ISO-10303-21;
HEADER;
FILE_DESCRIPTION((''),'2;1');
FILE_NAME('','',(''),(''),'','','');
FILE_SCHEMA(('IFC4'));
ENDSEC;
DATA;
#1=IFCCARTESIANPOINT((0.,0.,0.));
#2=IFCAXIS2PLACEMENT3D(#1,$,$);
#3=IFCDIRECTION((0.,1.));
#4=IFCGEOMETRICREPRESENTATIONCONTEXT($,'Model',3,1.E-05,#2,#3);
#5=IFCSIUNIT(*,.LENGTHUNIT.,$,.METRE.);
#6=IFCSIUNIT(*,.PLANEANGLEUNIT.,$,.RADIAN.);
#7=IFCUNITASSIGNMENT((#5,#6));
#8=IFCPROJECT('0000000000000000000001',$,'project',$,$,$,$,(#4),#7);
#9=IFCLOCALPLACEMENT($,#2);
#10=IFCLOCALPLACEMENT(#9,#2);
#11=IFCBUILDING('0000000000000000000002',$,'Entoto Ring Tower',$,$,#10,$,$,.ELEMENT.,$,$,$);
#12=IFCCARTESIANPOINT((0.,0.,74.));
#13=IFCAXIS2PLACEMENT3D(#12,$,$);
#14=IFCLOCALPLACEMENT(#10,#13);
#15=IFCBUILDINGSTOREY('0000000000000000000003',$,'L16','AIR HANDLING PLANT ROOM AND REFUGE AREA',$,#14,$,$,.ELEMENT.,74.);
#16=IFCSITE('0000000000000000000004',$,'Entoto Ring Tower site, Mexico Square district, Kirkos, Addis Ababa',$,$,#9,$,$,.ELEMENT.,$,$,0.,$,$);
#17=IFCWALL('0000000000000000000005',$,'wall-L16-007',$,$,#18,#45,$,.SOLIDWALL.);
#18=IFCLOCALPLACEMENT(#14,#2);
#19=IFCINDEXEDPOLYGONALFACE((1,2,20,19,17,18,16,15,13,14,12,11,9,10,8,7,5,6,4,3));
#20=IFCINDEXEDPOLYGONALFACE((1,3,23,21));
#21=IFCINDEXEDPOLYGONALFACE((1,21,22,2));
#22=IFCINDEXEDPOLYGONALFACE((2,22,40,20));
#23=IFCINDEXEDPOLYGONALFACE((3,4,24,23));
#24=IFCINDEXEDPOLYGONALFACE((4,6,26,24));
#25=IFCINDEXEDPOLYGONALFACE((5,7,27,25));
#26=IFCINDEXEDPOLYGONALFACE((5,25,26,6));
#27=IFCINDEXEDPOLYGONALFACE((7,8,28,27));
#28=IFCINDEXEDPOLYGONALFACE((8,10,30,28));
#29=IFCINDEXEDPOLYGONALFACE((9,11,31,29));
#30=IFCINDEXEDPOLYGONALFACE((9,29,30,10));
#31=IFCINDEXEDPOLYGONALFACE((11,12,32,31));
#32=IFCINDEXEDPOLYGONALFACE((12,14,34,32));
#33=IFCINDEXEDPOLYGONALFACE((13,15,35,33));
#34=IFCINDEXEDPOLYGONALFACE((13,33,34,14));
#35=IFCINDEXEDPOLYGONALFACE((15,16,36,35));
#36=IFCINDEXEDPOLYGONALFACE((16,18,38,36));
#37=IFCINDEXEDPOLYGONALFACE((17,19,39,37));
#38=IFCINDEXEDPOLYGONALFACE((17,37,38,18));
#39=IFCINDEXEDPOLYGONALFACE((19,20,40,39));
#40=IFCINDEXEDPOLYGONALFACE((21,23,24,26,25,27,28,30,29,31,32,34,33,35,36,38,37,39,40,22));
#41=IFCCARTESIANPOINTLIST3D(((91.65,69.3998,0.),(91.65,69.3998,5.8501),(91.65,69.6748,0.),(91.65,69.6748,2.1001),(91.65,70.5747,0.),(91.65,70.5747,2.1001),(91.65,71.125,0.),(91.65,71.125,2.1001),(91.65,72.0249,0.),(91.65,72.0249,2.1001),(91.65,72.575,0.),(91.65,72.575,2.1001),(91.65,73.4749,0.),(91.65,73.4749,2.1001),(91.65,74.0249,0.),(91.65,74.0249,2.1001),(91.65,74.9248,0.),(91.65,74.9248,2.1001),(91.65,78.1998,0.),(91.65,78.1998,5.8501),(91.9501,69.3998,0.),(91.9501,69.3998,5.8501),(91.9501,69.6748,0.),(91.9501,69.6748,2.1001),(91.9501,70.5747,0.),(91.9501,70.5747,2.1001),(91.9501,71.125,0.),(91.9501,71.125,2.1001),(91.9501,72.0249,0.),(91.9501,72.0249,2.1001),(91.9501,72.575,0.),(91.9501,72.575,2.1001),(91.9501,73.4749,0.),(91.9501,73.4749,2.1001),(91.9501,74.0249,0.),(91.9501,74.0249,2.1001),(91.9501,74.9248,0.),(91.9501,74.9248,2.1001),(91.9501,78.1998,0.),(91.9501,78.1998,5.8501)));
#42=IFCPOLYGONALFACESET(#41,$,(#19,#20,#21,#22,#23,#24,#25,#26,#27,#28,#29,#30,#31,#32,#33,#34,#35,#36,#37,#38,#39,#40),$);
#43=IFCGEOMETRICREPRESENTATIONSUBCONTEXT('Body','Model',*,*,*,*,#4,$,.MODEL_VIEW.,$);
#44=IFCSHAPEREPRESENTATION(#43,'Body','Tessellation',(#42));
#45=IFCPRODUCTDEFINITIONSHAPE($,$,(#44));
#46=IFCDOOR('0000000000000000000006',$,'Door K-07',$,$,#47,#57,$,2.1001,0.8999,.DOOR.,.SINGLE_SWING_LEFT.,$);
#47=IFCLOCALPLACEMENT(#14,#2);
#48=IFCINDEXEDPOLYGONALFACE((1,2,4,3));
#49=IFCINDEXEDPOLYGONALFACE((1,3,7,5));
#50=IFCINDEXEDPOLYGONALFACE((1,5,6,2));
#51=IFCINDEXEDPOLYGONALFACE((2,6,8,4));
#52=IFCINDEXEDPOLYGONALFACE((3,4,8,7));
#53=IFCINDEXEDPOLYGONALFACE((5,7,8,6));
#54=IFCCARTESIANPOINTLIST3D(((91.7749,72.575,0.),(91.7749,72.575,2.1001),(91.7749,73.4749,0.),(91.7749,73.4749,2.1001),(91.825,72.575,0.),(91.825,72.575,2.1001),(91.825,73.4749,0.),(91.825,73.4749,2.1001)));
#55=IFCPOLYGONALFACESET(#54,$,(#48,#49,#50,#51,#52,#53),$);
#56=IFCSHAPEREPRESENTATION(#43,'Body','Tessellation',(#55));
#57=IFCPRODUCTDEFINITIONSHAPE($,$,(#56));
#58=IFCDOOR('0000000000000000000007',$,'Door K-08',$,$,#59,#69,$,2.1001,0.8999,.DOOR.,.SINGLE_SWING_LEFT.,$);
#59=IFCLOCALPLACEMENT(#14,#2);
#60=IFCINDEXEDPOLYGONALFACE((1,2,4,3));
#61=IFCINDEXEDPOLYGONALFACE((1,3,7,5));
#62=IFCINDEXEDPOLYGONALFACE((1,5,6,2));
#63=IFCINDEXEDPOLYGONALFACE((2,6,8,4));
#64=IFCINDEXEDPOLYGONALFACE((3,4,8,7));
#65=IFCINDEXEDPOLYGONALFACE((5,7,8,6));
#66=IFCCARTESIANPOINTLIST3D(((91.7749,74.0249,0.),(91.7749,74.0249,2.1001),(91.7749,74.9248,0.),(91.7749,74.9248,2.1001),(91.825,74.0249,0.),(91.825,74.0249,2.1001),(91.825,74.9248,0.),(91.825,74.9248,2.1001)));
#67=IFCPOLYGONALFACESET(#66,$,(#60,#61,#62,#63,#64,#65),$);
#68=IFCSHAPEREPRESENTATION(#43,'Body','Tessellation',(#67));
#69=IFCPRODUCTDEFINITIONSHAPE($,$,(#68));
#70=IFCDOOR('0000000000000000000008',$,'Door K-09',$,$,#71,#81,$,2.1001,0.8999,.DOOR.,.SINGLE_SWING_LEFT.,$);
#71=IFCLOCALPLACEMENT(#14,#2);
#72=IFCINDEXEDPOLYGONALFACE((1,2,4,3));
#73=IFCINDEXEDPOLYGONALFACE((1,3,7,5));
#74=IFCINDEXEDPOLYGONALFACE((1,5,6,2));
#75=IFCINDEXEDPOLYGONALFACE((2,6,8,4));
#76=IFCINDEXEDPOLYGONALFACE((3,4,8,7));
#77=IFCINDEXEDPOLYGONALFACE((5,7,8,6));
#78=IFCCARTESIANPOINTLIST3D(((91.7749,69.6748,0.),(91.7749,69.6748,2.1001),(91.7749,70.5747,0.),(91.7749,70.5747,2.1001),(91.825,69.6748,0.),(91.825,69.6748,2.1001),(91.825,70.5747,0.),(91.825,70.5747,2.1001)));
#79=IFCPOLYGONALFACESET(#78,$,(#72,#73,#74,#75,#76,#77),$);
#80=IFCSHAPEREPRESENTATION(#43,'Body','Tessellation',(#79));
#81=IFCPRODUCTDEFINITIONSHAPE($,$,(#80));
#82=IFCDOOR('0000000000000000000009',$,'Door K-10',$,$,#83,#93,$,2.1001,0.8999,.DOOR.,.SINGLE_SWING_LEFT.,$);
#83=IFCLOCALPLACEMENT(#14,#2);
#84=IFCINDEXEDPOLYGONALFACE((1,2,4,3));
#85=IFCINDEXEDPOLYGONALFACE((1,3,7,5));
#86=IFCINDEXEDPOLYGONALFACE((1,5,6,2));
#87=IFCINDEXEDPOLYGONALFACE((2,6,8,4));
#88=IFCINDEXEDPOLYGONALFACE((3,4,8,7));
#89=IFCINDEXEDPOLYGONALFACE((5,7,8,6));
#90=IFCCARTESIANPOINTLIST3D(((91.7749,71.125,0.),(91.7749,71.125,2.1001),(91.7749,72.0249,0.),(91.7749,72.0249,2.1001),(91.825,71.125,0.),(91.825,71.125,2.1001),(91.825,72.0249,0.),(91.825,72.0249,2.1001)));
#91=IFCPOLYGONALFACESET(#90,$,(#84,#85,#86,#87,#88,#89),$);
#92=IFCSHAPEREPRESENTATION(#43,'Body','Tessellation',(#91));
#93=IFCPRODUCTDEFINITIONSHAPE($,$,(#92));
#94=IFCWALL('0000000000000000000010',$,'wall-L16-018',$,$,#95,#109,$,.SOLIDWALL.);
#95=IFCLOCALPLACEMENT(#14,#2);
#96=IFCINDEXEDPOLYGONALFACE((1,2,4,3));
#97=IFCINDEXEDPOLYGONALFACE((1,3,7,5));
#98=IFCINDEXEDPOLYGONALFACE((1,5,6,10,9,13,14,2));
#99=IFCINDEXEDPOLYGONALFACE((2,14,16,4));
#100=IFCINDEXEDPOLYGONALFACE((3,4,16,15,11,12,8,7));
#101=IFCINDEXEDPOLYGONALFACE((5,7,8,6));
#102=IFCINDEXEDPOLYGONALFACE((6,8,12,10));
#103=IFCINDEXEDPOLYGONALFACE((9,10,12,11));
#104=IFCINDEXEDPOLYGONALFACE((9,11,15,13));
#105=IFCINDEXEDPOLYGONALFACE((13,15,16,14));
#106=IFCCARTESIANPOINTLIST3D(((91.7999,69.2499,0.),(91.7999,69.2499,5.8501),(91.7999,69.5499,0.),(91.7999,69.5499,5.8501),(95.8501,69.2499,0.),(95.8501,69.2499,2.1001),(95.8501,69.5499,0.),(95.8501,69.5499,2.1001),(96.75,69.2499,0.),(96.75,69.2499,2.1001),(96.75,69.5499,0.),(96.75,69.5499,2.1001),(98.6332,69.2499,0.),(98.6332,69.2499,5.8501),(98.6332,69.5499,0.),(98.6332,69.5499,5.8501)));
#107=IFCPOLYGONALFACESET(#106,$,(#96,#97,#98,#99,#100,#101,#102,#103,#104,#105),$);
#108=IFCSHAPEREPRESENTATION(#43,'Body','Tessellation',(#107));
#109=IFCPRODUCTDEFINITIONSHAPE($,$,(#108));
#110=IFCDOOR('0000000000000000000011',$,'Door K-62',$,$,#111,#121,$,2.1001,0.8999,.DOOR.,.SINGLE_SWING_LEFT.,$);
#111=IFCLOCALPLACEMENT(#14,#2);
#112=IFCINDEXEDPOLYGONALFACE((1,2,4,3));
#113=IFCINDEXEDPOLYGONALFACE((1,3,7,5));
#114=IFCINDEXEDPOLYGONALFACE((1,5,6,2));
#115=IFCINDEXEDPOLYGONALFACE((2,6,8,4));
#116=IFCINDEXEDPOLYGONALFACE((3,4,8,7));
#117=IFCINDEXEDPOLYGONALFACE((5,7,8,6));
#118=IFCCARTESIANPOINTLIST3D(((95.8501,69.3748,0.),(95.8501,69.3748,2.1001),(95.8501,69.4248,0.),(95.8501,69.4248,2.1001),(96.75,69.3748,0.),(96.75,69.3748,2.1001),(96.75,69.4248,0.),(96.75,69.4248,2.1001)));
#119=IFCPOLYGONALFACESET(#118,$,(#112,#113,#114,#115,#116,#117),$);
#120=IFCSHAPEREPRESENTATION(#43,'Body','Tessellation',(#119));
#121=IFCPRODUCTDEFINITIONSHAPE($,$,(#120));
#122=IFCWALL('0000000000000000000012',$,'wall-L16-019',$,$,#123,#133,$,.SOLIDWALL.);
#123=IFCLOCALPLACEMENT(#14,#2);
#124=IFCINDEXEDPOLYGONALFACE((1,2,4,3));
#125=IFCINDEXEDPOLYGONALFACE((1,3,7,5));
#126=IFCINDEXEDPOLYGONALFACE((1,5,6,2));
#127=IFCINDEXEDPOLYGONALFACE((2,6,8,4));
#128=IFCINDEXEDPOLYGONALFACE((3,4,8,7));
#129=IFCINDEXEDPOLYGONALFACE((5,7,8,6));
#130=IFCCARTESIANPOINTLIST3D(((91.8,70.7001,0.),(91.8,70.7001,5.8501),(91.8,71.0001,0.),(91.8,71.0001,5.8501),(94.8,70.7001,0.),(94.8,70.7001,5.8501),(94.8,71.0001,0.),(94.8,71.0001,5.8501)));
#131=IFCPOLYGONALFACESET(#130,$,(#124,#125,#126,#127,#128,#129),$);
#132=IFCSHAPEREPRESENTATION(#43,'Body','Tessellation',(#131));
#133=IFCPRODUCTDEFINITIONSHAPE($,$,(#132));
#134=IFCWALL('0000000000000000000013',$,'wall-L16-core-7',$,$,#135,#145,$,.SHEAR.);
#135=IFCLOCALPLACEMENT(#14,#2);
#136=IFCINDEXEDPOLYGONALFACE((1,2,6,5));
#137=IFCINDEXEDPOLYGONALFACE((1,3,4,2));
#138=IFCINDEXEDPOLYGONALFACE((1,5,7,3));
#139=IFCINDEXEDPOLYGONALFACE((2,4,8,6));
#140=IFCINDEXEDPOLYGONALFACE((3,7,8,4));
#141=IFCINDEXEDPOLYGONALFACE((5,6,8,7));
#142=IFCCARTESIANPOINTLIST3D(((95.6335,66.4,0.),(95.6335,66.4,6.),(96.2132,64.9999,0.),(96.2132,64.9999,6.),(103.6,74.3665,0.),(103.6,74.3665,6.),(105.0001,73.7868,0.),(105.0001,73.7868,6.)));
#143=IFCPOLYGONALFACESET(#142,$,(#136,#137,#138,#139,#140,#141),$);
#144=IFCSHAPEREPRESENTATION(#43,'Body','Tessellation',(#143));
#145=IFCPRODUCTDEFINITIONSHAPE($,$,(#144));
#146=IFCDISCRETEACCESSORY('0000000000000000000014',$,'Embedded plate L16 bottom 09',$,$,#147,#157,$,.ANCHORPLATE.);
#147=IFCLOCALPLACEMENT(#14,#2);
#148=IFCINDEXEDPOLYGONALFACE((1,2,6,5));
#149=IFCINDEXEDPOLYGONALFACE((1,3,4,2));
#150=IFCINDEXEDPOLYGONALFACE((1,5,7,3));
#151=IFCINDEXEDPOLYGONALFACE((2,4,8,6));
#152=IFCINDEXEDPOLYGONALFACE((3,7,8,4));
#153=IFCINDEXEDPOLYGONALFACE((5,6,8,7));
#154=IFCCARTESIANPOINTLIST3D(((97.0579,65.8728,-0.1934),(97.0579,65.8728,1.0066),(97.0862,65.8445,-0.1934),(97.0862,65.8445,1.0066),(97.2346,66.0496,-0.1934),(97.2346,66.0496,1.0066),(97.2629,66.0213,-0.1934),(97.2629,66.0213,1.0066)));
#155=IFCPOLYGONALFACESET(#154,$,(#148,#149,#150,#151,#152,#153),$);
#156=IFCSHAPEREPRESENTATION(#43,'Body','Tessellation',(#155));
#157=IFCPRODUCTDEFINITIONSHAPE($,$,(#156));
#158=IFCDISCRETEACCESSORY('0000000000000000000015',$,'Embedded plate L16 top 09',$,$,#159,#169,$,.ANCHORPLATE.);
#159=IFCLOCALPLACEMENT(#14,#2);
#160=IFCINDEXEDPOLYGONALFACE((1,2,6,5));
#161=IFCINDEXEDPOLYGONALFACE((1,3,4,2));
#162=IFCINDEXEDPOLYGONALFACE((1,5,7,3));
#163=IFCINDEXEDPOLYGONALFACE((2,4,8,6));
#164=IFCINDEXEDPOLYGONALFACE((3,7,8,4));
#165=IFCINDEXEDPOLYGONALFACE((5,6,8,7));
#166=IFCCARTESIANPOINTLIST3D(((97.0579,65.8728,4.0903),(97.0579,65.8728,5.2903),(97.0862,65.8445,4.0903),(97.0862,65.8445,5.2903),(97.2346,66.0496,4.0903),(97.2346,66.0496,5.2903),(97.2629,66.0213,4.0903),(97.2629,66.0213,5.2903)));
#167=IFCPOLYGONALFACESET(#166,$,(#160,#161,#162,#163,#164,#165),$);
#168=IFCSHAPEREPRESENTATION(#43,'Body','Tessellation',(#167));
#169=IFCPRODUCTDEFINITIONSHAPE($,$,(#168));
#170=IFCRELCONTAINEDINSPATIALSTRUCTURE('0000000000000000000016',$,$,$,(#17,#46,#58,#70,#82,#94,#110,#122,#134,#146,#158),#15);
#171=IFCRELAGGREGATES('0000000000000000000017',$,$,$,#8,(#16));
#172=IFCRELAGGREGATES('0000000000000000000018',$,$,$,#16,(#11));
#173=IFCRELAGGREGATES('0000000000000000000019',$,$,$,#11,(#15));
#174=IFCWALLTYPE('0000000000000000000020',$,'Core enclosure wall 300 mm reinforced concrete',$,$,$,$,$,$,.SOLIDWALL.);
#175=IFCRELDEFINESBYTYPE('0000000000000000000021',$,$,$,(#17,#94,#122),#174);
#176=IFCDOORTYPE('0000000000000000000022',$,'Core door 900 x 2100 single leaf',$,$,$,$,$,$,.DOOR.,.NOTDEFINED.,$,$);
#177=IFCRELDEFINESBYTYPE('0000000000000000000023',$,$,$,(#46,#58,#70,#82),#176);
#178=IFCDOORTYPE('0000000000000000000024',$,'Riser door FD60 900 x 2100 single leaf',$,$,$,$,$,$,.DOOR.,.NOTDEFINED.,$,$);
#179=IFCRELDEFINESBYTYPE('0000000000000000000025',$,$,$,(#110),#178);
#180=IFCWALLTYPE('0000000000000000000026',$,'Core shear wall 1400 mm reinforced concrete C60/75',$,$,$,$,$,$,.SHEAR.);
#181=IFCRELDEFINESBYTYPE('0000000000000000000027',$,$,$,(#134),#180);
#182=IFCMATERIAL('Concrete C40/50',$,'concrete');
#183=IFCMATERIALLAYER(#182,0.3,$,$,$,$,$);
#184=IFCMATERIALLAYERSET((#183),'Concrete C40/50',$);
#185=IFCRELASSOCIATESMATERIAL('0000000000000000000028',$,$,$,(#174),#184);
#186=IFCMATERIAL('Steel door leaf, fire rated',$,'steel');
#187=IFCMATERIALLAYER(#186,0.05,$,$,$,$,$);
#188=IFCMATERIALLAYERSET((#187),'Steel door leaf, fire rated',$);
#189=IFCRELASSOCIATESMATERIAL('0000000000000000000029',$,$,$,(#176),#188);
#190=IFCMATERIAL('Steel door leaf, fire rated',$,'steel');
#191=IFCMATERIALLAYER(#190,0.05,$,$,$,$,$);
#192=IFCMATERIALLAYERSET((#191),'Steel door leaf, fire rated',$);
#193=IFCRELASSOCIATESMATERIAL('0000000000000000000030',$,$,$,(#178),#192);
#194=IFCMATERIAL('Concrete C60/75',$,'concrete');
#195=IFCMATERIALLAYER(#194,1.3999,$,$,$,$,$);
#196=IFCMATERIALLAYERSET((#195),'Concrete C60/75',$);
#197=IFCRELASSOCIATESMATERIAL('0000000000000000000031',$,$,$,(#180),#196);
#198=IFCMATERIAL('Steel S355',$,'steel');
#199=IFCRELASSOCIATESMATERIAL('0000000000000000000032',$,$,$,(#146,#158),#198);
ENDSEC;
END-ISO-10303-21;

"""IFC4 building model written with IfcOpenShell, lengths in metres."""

from ifc_helpers import new_model, si_unit, direction, frame, frame_2d, origin, origin_2d, place, context, subcontext, project, spatial, polyline, rectangle, outline, extrude, material, layer, layer_set, type_object, element, fill, save


model = new_model("IFC4")

# Units and contexts
model_context = context("Model", 3, precision=1e-05, world=origin(), true_north=direction((0.0, 1.0)))
body_context = subcontext(model_context, "Body", "Model", "MODEL_VIEW")
ifc_project = project(units=[si_unit("LENGTHUNIT", "METRE"), si_unit("PLANEANGLEUNIT", "RADIAN")], contexts=[model_context])

# Site, building, storey
site_placement = place(None, origin())
site = spatial("IfcSite", under=ifc_project, at=site_placement, Name="Entoto Ring Tower site, Mexico Square district, Kirkos, Addis Ababa", CompositionType="ELEMENT", RefElevation=0.0)
building_placement = place(site_placement, origin())
building = spatial("IfcBuilding", under=site, at=building_placement, Name="Entoto Ring Tower", CompositionType="ELEMENT")
storey_placement = place(building_placement, frame((0.0, 0.0, 74.0)))
storey = spatial("IfcBuildingStorey", under=building, at=storey_placement, Name="L16", Description="AIR HANDLING PLANT ROOM AND REFUGE AREA", CompositionType="ELEMENT", Elevation=74.0)

# Shared definitions
ifc_material_1 = material(Name="Concrete C40/50", Category="concrete")
ifc_layer_1 = layer(ifc_material_1, 0.3)
ifc_layer_set_1 = layer_set([ifc_layer_1], Name="Concrete C40/50")
wall_type_1 = type_object("IfcWallType", Name="Core enclosure wall 300 mm reinforced concrete", PredefinedType="SOLIDWALL", material=ifc_layer_set_1)

# Wall, openings, doors
wall_1_placement = place(storey_placement, frame((91.8, 69.3999, 0.0), z_axis=(0.0, 0.0, 1.0), x_axis=(0.0, 1.0, 0.0)))
wall_1 = element("IfcWall", 1, at=wall_1_placement, inside=storey, type_object=wall_type_1, Name="wall-L16-007", PredefinedType="SOLIDWALL", context=body_context, shape_type="SweptSolid", body=[
    extrude(rectangle(XDim=8.8, YDim=0.3, at=frame_2d((4.3999, 0.0))), origin(), (0.0, 0.0, 1.0), 5.8501),
])
opening_1_placement = place(wall_1_placement, frame((3.175, 0.0, 0.0)))
opening_1 = element("IfcOpeningElement", 2, at=opening_1_placement, cuts=wall_1, PredefinedType="OPENING", context=body_context, shape_type="SweptSolid", body=[
    extrude(rectangle(XDim=0.8999, YDim=2.1001, at=frame_2d((0.45, 1.05))), frame((0.0, 0.1602, 0.0), z_axis=(0.0, -1.0, 0.0), x_axis=(1.0, 0.0, 0.0)), (0.0, 0.0, 1.0), 0.3201),
])
opening_2_placement = place(wall_1_placement, frame((4.625, 0.0, 0.0)))
opening_2 = element("IfcOpeningElement", 3, at=opening_2_placement, cuts=wall_1, PredefinedType="OPENING", context=body_context, shape_type="SweptSolid", body=[
    extrude(rectangle(XDim=0.8999, YDim=2.1001, at=frame_2d((0.45, 1.05))), frame((0.0, 0.1602, 0.0), z_axis=(0.0, -1.0, 0.0), x_axis=(1.0, 0.0, 0.0)), (0.0, 0.0, 1.0), 0.3201),
])
opening_3_placement = place(wall_1_placement, frame((0.2749, 0.0, 0.0)))
opening_3 = element("IfcOpeningElement", 4, at=opening_3_placement, cuts=wall_1, PredefinedType="OPENING", context=body_context, shape_type="SweptSolid", body=[
    extrude(rectangle(XDim=0.8999, YDim=2.1001, at=frame_2d((0.45, 1.05))), frame((0.0, 0.1602, 0.0), z_axis=(0.0, -1.0, 0.0), x_axis=(1.0, 0.0, 0.0)), (0.0, 0.0, 1.0), 0.3201),
])
opening_4_placement = place(wall_1_placement, frame((1.7251, 0.0, 0.0)))
opening_4 = element("IfcOpeningElement", 5, at=opening_4_placement, cuts=wall_1, PredefinedType="OPENING", context=body_context, shape_type="SweptSolid", body=[
    extrude(rectangle(XDim=0.8999, YDim=2.1001, at=frame_2d((0.45, 1.05))), frame((0.0, 0.1602, 0.0), z_axis=(0.0, -1.0, 0.0), x_axis=(1.0, 0.0, 0.0)), (0.0, 0.0, 1.0), 0.3201),
])
ifc_material_2 = material(Name="Steel door leaf, fire rated", Category="steel")
ifc_layer_2 = layer(ifc_material_2, 0.05)
ifc_layer_set_2 = layer_set([ifc_layer_2], Name="Steel door leaf, fire rated")
door_type_1 = type_object("IfcDoorType", Name="Core door 900 x 2100 single leaf", OperationType="NOTDEFINED", PredefinedType="DOOR", material=ifc_layer_set_2)
door_1_placement = place(opening_1_placement, frame((0.8999, 0.0, 0.0), z_axis=(0.0, 0.0, 1.0), x_axis=(-1.0, 0.0, 0.0)))
door_1 = element("IfcDoor", 6, at=door_1_placement, inside=storey, type_object=door_type_1, Name="Door K-07", OperationType="SINGLE_SWING_LEFT", OverallHeight=2.1001, OverallWidth=0.8999, PredefinedType="DOOR", context=body_context, shape_type="SweptSolid", body=[
    extrude(rectangle(XDim=0.8999, YDim=2.1001, at=frame_2d((0.45, 1.05))), frame((0.0, 0.0249, 0.0), z_axis=(0.0, -1.0, 0.0), x_axis=(1.0, 0.0, 0.0)), (0.0, 0.0, 1.0), 0.05),
])
fill(opening_1, door_1)
door_2_placement = place(opening_2_placement, frame((0.8999, 0.0, 0.0), z_axis=(0.0, 0.0, 1.0), x_axis=(-1.0, 0.0, 0.0)))
door_2 = element("IfcDoor", 7, at=door_2_placement, inside=storey, type_object=door_type_1, Name="Door K-08", OperationType="SINGLE_SWING_LEFT", OverallHeight=2.1001, OverallWidth=0.8999, PredefinedType="DOOR", context=body_context, shape_type="SweptSolid", body=[
    extrude(rectangle(XDim=0.8999, YDim=2.1001, at=frame_2d((0.45, 1.05))), frame((0.0, 0.0249, 0.0), z_axis=(0.0, -1.0, 0.0), x_axis=(1.0, 0.0, 0.0)), (0.0, 0.0, 1.0), 0.05),
])
fill(opening_2, door_2)
door_3_placement = place(opening_3_placement, frame((0.8999, 0.0, 0.0), z_axis=(0.0, 0.0, 1.0), x_axis=(-1.0, 0.0, 0.0)))
door_3 = element("IfcDoor", 8, at=door_3_placement, inside=storey, type_object=door_type_1, Name="Door K-09", OperationType="SINGLE_SWING_LEFT", OverallHeight=2.1001, OverallWidth=0.8999, PredefinedType="DOOR", context=body_context, shape_type="SweptSolid", body=[
    extrude(rectangle(XDim=0.8999, YDim=2.1001, at=frame_2d((0.45, 1.05))), frame((0.0, 0.0249, 0.0), z_axis=(0.0, -1.0, 0.0), x_axis=(1.0, 0.0, 0.0)), (0.0, 0.0, 1.0), 0.05),
])
fill(opening_3, door_3)
door_4_placement = place(opening_4_placement, frame((0.8999, 0.0, 0.0), z_axis=(0.0, 0.0, 1.0), x_axis=(-1.0, 0.0, 0.0)))
door_4 = element("IfcDoor", 9, at=door_4_placement, inside=storey, type_object=door_type_1, Name="Door K-10", OperationType="SINGLE_SWING_LEFT", OverallHeight=2.1001, OverallWidth=0.8999, PredefinedType="DOOR", context=body_context, shape_type="SweptSolid", body=[
    extrude(rectangle(XDim=0.8999, YDim=2.1001, at=frame_2d((0.45, 1.05))), frame((0.0, 0.0249, 0.0), z_axis=(0.0, -1.0, 0.0), x_axis=(1.0, 0.0, 0.0)), (0.0, 0.0, 1.0), 0.05),
])
fill(opening_4, door_4)

# Wall, opening, door
wall_2_placement = place(storey_placement, frame((91.8, 69.3999, 0.0), z_axis=(0.0, 0.0, 1.0), x_axis=(1.0, 0.0, 0.0)))
wall_2 = element("IfcWall", 10, at=wall_2_placement, inside=storey, type_object=wall_type_1, Name="wall-L16-018", PredefinedType="SOLIDWALL", context=body_context, shape_type="SweptSolid", body=[
    extrude(rectangle(XDim=6.8333, YDim=0.3, at=frame_2d((3.4165, 0.0))), origin(), (0.0, 0.0, 1.0), 5.8501),
])
opening_5_placement = place(wall_2_placement, frame((4.05, 0.0, 0.0)))
opening_5 = element("IfcOpeningElement", 11, at=opening_5_placement, cuts=wall_2, PredefinedType="OPENING", context=body_context, shape_type="SweptSolid", body=[
    extrude(rectangle(XDim=0.8999, YDim=2.1001, at=frame_2d((0.45, 1.05))), frame((0.0, 0.1602, 0.0), z_axis=(0.0, -1.0, 0.0), x_axis=(1.0, 0.0, 0.0)), (0.0, 0.0, 1.0), 0.3201),
])
ifc_material_3 = material(Name="Steel door leaf, fire rated", Category="steel")
ifc_layer_3 = layer(ifc_material_3, 0.05)
ifc_layer_set_3 = layer_set([ifc_layer_3], Name="Steel door leaf, fire rated")
door_type_2 = type_object("IfcDoorType", Name="Riser door FD60 900 x 2100 single leaf", OperationType="NOTDEFINED", PredefinedType="DOOR", material=ifc_layer_set_3)
door_5_placement = place(opening_5_placement, origin())
door_5 = element("IfcDoor", 12, at=door_5_placement, inside=storey, type_object=door_type_2, Name="Door K-62", OperationType="SINGLE_SWING_LEFT", OverallHeight=2.1001, OverallWidth=0.8999, PredefinedType="DOOR", context=body_context, shape_type="SweptSolid", body=[
    extrude(rectangle(XDim=0.8999, YDim=2.1001, at=frame_2d((0.45, 1.05))), frame((0.0, 0.0249, 0.0), z_axis=(0.0, -1.0, 0.0), x_axis=(1.0, 0.0, 0.0)), (0.0, 0.0, 1.0), 0.05),
])
fill(opening_5, door_5)

# Walls
wall_3_placement = place(storey_placement, frame((91.8, 70.8501, 0.0), z_axis=(0.0, 0.0, 1.0), x_axis=(1.0, 0.0, 0.0)))
element("IfcWall", 13, at=wall_3_placement, inside=storey, type_object=wall_type_1, Name="wall-L16-019", PredefinedType="SOLIDWALL", context=body_context, shape_type="SweptSolid", body=[
    extrude(rectangle(XDim=3.0, YDim=0.3, at=frame_2d((1.5, 0.0))), origin(), (0.0, 0.0, 1.0), 5.8501),
])
ifc_material_4 = material(Name="Concrete C60/75", Category="concrete")
ifc_layer_4 = layer(ifc_material_4, 1.3999)
ifc_layer_set_4 = layer_set([ifc_layer_4], Name="Concrete C60/75")
wall_type_2 = type_object("IfcWallType", Name="Core shear wall 1400 mm reinforced concrete C60/75", PredefinedType="SHEAR", material=ifc_layer_set_4)
wall_4_placement = place(storey_placement, frame((95.9233, 65.7, 0.0), z_axis=(0.0, 0.0, 1.0), x_axis=(0.707107, 0.707107, 0.0)))
element("IfcWall", 14, at=wall_4_placement, inside=storey, type_object=wall_type_2, Name="wall-L16-core-7", PredefinedType="SHEAR", context=body_context, shape_type="SweptSolid", body=[
    extrude(outline(polyline([(-0.29, -0.7), (12.1365, -0.7), (11.5564, 0.7), (0.29, 0.7), (-0.29, -0.7)])), origin(), (0.0, 0.0, 1.0), 6.0),
])

# Discrete accessories
ifc_material_5 = material(Name="Steel S355", Category="steel")
for number, where, z_axis, x_axis, name in (
    (15, (97.1604, 65.947, -0.1934), (0.0, 0.0, 1.0), (0.707107, -0.707107, 0.0), "Embedded plate L16 bottom 09"),
    (16, (97.1604, 65.947, 4.0903), (0.0, 0.0, 1.0), (0.707107, -0.707107, 0.0), "Embedded plate L16 top 09"),
):
    element("IfcDiscreteAccessory", number, at=place(storey_placement, frame(where, z_axis=z_axis, x_axis=x_axis)), inside=storey, material=ifc_material_5, Name=name, PredefinedType="ANCHORPLATE", context=body_context, shape_type="SweptSolid", body=[
        extrude(rectangle(XDim=0.04, YDim=0.25, at=origin_2d()), origin(), (0.0, 0.0, 1.0), 1.2),
    ])

save(model, "model.ifc")
